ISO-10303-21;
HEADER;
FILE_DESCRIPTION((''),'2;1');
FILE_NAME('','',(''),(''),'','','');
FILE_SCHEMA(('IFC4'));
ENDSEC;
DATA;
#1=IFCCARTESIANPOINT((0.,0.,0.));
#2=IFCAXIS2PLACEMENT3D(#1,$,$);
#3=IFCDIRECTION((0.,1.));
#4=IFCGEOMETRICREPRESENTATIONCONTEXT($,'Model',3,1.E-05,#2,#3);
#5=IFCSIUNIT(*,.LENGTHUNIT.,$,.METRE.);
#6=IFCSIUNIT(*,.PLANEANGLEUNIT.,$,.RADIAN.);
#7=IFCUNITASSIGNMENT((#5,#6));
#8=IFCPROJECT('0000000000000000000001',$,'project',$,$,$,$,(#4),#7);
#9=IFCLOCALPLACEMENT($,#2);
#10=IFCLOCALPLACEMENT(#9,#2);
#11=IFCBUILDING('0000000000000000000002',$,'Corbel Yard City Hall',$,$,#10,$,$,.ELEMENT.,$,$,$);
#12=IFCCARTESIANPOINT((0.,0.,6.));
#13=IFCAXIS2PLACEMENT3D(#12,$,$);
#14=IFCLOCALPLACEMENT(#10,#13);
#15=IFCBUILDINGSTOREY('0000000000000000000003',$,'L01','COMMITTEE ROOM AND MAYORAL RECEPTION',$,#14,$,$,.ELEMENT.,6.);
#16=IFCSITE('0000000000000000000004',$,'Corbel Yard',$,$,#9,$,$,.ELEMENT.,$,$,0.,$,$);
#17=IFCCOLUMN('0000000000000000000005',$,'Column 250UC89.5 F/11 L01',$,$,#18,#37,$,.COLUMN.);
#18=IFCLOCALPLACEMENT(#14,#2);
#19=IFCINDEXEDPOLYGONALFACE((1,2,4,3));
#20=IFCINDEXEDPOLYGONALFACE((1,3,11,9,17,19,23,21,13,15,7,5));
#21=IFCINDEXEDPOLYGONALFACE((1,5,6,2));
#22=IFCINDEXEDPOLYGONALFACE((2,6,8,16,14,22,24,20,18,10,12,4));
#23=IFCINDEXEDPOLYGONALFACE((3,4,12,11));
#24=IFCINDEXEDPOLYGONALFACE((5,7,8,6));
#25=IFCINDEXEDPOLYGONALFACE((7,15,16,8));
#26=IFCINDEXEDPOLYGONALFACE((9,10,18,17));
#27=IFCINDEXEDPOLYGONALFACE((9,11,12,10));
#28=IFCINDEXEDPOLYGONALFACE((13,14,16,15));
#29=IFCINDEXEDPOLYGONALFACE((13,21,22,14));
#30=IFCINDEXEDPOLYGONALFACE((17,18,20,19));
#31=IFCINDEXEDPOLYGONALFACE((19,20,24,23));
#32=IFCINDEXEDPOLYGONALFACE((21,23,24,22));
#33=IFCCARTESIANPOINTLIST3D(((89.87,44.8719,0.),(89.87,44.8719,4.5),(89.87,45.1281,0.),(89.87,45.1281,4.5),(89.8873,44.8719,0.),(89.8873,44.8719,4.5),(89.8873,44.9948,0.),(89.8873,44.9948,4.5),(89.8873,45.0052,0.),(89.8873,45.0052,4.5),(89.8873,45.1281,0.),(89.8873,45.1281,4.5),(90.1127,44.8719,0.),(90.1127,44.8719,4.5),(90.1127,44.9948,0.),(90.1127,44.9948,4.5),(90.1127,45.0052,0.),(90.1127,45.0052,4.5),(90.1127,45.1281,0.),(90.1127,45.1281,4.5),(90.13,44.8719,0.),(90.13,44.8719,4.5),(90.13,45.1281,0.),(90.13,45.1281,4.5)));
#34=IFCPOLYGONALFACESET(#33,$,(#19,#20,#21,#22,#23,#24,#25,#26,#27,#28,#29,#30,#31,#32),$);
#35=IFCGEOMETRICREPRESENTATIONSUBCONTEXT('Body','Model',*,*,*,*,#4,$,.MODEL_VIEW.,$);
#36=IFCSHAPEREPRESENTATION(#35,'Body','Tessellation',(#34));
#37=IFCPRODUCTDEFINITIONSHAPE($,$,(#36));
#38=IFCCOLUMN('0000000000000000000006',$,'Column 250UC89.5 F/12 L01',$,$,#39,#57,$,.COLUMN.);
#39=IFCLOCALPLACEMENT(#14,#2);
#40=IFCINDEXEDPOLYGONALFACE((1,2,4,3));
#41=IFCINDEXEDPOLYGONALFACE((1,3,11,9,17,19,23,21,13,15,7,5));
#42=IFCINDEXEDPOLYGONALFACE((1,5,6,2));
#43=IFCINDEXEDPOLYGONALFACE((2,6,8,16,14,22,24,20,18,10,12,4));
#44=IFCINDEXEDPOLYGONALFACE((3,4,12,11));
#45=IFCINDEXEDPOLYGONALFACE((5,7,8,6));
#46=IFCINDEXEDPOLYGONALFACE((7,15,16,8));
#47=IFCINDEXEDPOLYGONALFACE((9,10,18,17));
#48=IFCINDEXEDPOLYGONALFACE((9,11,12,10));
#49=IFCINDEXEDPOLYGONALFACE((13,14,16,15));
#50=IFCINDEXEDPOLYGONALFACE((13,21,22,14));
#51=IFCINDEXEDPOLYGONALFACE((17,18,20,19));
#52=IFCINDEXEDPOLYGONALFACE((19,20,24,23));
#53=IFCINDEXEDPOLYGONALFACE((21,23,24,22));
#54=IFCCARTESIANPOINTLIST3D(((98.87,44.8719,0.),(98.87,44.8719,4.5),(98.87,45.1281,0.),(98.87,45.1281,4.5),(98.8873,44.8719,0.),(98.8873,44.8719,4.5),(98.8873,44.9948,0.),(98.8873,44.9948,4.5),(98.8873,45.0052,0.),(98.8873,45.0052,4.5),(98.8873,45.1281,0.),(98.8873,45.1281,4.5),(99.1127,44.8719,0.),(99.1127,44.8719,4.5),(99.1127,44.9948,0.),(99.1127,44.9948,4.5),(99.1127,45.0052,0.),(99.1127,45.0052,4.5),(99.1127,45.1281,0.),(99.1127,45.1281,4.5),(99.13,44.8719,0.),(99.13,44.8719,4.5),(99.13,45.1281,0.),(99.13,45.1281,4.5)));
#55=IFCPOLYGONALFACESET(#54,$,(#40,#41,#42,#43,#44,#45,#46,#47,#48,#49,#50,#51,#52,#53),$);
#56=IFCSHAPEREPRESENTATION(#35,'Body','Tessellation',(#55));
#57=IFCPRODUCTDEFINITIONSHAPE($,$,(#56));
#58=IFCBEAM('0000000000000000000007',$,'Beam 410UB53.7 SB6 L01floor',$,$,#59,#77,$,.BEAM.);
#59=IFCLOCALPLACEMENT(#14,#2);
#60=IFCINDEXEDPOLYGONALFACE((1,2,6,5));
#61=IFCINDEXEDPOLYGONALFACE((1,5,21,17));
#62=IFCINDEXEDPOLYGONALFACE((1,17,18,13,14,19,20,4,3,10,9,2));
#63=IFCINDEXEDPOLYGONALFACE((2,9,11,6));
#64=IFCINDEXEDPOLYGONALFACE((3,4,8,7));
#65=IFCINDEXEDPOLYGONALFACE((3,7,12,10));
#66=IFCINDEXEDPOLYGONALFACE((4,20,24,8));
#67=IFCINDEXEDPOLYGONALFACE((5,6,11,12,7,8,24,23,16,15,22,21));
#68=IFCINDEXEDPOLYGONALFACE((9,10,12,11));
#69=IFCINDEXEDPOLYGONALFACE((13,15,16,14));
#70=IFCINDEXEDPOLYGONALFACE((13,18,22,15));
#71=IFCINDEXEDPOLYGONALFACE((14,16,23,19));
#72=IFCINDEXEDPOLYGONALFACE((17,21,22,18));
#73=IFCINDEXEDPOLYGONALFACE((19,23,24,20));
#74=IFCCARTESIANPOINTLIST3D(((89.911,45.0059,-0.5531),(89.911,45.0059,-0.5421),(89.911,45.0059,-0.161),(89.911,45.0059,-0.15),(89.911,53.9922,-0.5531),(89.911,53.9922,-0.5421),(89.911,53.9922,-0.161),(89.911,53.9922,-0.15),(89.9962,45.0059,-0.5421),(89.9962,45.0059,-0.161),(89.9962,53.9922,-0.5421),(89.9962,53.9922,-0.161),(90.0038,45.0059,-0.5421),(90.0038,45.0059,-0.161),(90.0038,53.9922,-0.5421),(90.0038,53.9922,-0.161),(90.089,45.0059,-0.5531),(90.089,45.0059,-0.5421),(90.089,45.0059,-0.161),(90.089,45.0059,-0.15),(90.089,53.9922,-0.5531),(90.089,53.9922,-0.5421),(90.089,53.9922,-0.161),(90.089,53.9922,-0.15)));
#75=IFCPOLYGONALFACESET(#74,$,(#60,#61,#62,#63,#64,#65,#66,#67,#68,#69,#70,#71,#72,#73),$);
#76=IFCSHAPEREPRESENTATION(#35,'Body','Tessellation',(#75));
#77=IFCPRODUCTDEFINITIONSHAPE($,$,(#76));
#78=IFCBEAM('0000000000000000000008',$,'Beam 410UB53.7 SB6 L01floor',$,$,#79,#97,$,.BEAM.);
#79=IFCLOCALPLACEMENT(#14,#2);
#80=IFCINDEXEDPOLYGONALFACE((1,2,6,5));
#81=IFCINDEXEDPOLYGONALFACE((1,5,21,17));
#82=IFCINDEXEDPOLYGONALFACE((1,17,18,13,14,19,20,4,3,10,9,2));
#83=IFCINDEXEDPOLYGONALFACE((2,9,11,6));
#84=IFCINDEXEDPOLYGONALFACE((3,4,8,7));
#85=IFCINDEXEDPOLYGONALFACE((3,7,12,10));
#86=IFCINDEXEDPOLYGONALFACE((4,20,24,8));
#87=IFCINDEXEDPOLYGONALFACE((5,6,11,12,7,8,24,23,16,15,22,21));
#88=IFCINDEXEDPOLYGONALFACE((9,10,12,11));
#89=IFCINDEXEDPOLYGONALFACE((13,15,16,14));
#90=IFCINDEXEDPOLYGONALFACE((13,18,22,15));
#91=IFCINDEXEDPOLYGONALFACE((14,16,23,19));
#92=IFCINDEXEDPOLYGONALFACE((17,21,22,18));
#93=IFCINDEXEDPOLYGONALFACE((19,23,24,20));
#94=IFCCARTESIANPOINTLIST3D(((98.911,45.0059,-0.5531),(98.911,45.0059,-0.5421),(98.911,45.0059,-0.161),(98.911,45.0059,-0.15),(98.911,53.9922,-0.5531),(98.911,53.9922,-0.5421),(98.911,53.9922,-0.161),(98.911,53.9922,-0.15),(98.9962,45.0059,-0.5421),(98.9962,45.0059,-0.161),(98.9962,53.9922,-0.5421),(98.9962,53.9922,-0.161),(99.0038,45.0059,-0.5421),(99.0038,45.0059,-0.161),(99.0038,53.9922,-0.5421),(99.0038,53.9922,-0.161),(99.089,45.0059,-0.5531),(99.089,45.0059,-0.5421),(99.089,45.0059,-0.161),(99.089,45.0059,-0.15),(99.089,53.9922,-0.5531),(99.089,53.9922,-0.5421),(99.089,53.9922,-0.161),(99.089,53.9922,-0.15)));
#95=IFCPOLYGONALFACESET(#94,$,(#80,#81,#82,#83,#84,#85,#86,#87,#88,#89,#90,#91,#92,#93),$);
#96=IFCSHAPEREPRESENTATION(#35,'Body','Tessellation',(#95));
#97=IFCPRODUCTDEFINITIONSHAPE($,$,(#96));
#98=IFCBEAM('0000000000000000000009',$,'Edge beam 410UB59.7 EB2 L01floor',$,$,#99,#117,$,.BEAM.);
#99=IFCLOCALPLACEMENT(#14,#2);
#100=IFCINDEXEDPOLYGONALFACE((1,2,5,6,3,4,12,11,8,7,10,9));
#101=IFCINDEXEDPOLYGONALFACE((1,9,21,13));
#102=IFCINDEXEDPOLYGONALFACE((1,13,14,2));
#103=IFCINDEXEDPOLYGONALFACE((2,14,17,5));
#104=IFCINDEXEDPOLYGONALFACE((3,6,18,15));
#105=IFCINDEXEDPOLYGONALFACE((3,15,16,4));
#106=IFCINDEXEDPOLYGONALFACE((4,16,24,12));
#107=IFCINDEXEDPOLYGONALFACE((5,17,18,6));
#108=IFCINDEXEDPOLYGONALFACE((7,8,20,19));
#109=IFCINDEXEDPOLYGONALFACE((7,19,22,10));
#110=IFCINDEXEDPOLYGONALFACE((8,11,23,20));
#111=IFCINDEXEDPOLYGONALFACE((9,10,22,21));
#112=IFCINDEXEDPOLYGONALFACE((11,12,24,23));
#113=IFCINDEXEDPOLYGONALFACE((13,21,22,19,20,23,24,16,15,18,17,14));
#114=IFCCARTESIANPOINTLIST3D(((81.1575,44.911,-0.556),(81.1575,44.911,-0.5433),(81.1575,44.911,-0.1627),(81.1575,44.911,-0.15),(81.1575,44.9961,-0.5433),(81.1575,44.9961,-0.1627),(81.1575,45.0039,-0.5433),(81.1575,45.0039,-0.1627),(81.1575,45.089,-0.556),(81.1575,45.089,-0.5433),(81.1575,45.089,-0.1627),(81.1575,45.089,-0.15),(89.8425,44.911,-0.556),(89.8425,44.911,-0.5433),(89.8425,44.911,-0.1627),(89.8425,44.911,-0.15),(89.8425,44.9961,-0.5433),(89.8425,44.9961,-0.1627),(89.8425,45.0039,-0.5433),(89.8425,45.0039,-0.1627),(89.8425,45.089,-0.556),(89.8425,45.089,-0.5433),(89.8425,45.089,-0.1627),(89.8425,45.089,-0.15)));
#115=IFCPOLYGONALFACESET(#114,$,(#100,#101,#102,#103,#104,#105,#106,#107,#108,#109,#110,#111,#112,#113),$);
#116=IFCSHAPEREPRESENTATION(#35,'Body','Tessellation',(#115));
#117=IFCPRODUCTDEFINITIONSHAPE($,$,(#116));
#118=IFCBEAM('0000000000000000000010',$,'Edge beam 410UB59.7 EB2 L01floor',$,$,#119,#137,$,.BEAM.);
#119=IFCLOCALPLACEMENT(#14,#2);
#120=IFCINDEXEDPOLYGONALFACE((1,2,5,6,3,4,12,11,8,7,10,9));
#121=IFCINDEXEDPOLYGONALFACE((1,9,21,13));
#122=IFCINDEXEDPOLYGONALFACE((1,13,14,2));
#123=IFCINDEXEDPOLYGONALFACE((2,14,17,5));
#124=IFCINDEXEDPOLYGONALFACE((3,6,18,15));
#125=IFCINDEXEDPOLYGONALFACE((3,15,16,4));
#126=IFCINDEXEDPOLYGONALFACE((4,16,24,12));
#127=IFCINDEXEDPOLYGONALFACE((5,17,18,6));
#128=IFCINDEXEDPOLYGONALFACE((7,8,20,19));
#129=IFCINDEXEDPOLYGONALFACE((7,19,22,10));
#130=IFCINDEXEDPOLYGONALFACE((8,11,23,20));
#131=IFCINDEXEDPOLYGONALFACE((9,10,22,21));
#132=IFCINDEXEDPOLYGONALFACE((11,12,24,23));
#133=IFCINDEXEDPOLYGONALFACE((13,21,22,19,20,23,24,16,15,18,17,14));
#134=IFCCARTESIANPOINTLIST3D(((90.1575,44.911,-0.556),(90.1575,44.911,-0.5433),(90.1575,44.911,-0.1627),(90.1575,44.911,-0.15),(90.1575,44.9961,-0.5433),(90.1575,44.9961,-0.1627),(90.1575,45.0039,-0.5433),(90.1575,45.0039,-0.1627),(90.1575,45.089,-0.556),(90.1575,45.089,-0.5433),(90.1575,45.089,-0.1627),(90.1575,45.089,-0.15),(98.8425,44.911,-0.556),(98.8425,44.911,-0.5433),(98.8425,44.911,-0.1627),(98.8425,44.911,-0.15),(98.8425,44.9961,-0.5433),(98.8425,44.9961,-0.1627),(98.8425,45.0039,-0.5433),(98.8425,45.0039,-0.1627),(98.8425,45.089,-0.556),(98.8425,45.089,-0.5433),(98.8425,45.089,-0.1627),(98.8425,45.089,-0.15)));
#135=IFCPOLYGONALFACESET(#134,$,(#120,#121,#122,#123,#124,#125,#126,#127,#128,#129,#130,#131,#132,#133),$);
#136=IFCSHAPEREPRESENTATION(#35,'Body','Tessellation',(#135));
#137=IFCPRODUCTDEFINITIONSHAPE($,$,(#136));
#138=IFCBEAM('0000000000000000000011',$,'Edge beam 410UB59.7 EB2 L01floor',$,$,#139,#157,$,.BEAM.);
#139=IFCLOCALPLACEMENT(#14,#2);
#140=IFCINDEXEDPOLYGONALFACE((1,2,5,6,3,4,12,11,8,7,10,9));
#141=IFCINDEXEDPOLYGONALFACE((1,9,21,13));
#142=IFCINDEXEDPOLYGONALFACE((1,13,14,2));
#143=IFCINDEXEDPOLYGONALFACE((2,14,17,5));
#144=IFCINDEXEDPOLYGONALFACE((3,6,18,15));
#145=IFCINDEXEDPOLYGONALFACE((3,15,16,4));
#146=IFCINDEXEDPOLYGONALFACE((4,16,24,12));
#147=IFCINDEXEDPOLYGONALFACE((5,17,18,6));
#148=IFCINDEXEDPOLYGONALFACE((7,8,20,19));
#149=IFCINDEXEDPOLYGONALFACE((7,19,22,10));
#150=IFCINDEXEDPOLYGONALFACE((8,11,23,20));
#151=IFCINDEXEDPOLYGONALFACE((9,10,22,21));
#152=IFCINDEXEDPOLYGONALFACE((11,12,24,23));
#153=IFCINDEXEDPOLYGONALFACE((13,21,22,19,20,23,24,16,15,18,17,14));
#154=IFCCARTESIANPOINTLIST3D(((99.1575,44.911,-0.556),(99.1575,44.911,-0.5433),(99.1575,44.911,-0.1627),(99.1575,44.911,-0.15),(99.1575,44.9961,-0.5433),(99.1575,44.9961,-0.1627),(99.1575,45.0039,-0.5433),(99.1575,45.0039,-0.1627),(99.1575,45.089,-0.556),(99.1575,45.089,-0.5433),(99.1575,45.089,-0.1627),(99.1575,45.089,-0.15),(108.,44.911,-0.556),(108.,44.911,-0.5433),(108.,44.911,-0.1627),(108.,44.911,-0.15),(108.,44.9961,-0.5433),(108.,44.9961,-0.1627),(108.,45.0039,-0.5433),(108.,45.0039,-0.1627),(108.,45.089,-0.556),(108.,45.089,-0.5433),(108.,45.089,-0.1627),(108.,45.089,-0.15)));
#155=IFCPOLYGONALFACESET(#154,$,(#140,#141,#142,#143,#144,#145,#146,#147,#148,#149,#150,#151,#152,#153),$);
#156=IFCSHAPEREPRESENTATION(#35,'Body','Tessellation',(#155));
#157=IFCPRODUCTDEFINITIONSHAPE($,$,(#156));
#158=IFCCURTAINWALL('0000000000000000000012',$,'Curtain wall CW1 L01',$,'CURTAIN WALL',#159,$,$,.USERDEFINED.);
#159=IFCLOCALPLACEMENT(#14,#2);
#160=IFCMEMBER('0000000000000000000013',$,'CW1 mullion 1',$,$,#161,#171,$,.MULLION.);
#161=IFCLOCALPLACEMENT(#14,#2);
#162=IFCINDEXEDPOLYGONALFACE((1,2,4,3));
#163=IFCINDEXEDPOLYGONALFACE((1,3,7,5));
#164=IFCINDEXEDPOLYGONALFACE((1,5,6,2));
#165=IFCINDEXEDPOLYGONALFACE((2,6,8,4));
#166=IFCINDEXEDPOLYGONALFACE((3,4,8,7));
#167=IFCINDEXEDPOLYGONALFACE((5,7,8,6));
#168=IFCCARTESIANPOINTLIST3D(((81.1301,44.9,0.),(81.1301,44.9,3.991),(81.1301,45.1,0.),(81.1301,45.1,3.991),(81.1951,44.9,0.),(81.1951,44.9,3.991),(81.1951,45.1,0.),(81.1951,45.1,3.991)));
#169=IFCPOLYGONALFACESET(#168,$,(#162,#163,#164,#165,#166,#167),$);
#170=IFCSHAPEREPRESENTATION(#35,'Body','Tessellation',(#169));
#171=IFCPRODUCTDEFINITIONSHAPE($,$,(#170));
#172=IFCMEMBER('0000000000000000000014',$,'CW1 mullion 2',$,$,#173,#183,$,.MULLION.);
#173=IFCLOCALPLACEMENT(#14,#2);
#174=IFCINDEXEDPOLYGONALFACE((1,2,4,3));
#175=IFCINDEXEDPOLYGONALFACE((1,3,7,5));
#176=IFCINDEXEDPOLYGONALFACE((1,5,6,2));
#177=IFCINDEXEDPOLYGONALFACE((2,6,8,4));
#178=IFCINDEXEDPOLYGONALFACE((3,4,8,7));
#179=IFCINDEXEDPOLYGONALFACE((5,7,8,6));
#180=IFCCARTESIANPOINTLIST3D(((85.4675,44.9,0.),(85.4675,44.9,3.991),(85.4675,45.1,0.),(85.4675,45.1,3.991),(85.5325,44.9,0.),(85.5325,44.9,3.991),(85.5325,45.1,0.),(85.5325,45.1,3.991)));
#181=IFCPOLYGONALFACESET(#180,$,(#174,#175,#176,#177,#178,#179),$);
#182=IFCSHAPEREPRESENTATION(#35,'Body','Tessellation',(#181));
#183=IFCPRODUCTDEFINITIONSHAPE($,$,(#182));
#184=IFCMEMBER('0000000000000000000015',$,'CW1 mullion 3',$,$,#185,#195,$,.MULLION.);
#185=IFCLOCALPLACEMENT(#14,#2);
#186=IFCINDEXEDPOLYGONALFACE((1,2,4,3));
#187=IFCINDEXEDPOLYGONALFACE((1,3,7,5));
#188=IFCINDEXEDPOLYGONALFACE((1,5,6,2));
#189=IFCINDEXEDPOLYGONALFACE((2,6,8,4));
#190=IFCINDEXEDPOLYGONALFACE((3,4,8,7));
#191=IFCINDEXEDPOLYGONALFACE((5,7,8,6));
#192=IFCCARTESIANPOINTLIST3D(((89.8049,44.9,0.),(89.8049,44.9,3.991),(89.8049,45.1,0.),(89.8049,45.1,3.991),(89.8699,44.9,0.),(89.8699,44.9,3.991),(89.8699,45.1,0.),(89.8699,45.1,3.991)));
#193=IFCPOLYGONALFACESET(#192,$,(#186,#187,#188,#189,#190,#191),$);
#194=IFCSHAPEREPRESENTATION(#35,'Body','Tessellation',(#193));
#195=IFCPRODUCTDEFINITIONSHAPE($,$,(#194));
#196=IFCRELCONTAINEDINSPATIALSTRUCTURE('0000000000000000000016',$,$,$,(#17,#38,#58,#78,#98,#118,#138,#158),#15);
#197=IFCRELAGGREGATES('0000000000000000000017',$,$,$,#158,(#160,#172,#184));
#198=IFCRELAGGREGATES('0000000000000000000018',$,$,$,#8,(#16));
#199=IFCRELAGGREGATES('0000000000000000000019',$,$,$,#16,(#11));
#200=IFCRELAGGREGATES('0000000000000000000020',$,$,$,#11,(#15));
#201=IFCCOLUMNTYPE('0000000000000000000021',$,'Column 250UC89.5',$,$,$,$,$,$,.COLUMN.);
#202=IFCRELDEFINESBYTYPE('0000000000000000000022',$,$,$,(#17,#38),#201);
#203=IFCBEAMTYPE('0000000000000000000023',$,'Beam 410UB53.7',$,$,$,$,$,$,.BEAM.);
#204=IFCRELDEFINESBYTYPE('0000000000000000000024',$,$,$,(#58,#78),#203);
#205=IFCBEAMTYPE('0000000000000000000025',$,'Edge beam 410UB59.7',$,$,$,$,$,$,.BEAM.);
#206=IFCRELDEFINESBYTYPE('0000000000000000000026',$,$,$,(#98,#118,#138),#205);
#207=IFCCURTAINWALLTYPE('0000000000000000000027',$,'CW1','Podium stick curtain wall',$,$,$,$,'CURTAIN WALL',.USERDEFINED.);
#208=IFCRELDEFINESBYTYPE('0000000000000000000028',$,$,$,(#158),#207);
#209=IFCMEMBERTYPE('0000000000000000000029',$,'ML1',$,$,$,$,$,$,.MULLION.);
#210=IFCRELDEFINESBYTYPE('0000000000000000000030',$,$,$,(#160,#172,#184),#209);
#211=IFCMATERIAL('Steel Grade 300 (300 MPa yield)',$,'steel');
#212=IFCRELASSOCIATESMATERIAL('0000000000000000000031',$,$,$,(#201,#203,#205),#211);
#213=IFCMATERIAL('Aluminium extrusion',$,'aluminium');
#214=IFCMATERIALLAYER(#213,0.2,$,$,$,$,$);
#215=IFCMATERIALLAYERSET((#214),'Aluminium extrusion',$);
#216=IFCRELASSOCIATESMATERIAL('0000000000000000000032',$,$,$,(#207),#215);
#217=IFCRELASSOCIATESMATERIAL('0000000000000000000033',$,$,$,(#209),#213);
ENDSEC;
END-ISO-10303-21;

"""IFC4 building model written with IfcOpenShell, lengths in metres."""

from ifc_helpers import new_model, si_unit, direction, frame, origin, origin_2d, place, context, subcontext, project, spatial, rectangle, i_section, extrude, material, layer, layer_set, material_profile, profile_set, type_object, element, aggregate, save


model = new_model("IFC4")

# Units and contexts
model_context = context("Model", 3, precision=1e-05, world=origin(), true_north=direction((0.0, 1.0)))
body_context = subcontext(model_context, "Body", "Model", "MODEL_VIEW")
ifc_project = project(units=[si_unit("LENGTHUNIT", "METRE"), si_unit("PLANEANGLEUNIT", "RADIAN")], contexts=[model_context])

# Site, building, storey
site_placement = place(None, origin())
site = spatial("IfcSite", under=ifc_project, at=site_placement, Name="Corbel Yard", CompositionType="ELEMENT", RefElevation=0.0)
building_placement = place(site_placement, origin())
building = spatial("IfcBuilding", under=site, at=building_placement, Name="Corbel Yard City Hall", CompositionType="ELEMENT")
storey_placement = place(building_placement, frame((0.0, 0.0, 6.0)))
storey = spatial("IfcBuildingStorey", under=building, at=storey_placement, Name="L01", Description="COMMITTEE ROOM AND MAYORAL RECEPTION", CompositionType="ELEMENT", Elevation=6.0)

# Columns
ifc_material_1 = material(Name="Steel Grade 300 (300 MPa yield)", Category="steel")
ifc_material_profile_1 = material_profile(ifc_material_1, i_section(OverallWidth=0.2561, OverallDepth=0.26, WebThickness=0.0105, FlangeThickness=0.0173, at=origin_2d()), Name="250UC89.5")
ifc_profile_set_1 = profile_set([ifc_material_profile_1], Name="Steel Grade 300 (300 MPa yield)")
column_type = type_object("IfcColumnType", Name="Column 250UC89.5", PredefinedType="COLUMN", material=ifc_profile_set_1)
for number, where, z_axis, x_axis, name in (
    (1, (90.0, 45.0, 0.0), (0.0, 0.0, 1.0), (0.0, 1.0, 0.0), "Column 250UC89.5 F/11 L01"),
    (2, (99.0, 45.0, 0.0), (0.0, 0.0, 1.0), (0.0, 1.0, 0.0), "Column 250UC89.5 F/12 L01"),
):
    element("IfcColumn", number, at=place(storey_placement, frame(where, z_axis=z_axis, x_axis=x_axis)), inside=storey, type_object=column_type, Name=name, PredefinedType="COLUMN", context=body_context, shape_type="SweptSolid", body=[
        extrude(i_section(OverallWidth=0.2561, OverallDepth=0.26, WebThickness=0.0105, FlangeThickness=0.0173, at=origin_2d()), origin(), (0.0, 0.0, 1.0), 4.5),
    ])

# Beams
ifc_material_profile_2 = material_profile(ifc_material_1, i_section(OverallWidth=0.178, OverallDepth=0.4031, WebThickness=0.0076, FlangeThickness=0.011, at=origin_2d()), Name="410UB53.7")
ifc_profile_set_2 = profile_set([ifc_material_profile_2], Name="Steel Grade 300 (300 MPa yield)")
beam_type_1 = type_object("IfcBeamType", Name="Beam 410UB53.7", PredefinedType="BEAM", material=ifc_profile_set_2)
for number, where, z_axis, x_axis, name in (
    (3, (90.0, 45.0059, -0.3516), (0.0, 1.0, 0.0), (-1.0, 0.0, 0.0), "Beam 410UB53.7 SB6 L01floor"),
    (4, (99.0, 45.0059, -0.3516), (0.0, 1.0, 0.0), (-1.0, 0.0, 0.0), "Beam 410UB53.7 SB6 L01floor"),
):
    element("IfcBeam", number, at=place(storey_placement, frame(where, z_axis=z_axis, x_axis=x_axis)), inside=storey, type_object=beam_type_1, Name=name, PredefinedType="BEAM", context=body_context, shape_type="SweptSolid", body=[
        extrude(i_section(OverallWidth=0.178, OverallDepth=0.4031, WebThickness=0.0076, FlangeThickness=0.011, at=origin_2d()), origin(), (0.0, 0.0, 1.0), 8.9863),
    ])
ifc_material_profile_3 = material_profile(ifc_material_1, i_section(OverallWidth=0.178, OverallDepth=0.406, WebThickness=0.0078, FlangeThickness=0.0127, at=origin_2d()), Name="410UB59.7")
ifc_profile_set_3 = profile_set([ifc_material_profile_3], Name="Steel Grade 300 (300 MPa yield)")
beam_type_2 = type_object("IfcBeamType", Name="Edge beam 410UB59.7", PredefinedType="BEAM", material=ifc_profile_set_3)
for number, where, z_axis, x_axis, name in (
    (5, (81.1575, 45.0, -0.353), (1.0, 0.0, 0.0), (0.0, 1.0, 0.0), "Edge beam 410UB59.7 EB2 L01floor"),
    (6, (90.1575, 45.0, -0.353), (1.0, 0.0, 0.0), (0.0, 1.0, 0.0), "Edge beam 410UB59.7 EB2 L01floor"),
):
    element("IfcBeam", number, at=place(storey_placement, frame(where, z_axis=z_axis, x_axis=x_axis)), inside=storey, type_object=beam_type_2, Name=name, PredefinedType="BEAM", context=body_context, shape_type="SweptSolid", body=[
        extrude(i_section(OverallWidth=0.178, OverallDepth=0.406, WebThickness=0.0078, FlangeThickness=0.0127, at=origin_2d()), origin(), (0.0, 0.0, 1.0), 8.6851),
    ])
beam_placement = place(storey_placement, frame((99.1575, 45.0, -0.353), z_axis=(1.0, 0.0, 0.0), x_axis=(0.0, 1.0, 0.0)))
element("IfcBeam", 7, at=beam_placement, inside=storey, type_object=beam_type_2, Name="Edge beam 410UB59.7 EB2 L01floor", PredefinedType="BEAM", context=body_context, shape_type="SweptSolid", body=[
    extrude(i_section(OverallWidth=0.178, OverallDepth=0.406, WebThickness=0.0078, FlangeThickness=0.0127, at=origin_2d()), origin(), (0.0, 0.0, 1.0), 8.8425),
])

# Curtain wall, members
ifc_material_2 = material(Name="Aluminium extrusion", Category="aluminium")
ifc_layer_1 = layer(ifc_material_2, 0.2)
ifc_layer_set_1 = layer_set([ifc_layer_1], Name="Aluminium extrusion")
curtain_wall_type = type_object("IfcCurtainWallType", Name="CW1", Description="Podium stick curtain wall", ElementType="CURTAIN WALL", PredefinedType="USERDEFINED", material=ifc_layer_set_1)
curtain_wall_1_placement = place(storey_placement, origin())
curtain_wall_1 = element("IfcCurtainWall", 8, at=curtain_wall_1_placement, inside=storey, type_object=curtain_wall_type, Name="Curtain wall CW1 L01", ObjectType="CURTAIN WALL", PredefinedType="USERDEFINED")
ifc_material_profile_4 = material_profile(ifc_material_2, rectangle(XDim=0.2, YDim=0.0649, at=origin_2d()), Name="200x65")
ifc_profile_set_4 = profile_set([ifc_material_profile_4], Name="Aluminium extrusion")
member_type_1 = type_object("IfcMemberType", Name="ML1", PredefinedType="MULLION", material=ifc_profile_set_4)
member_1_placement = place(storey_placement, frame((81.1626, 45.0, 0.0), z_axis=(0.0, 0.0, 1.0), x_axis=(0.0, 1.0, 0.0)))
member_1 = element("IfcMember", 9, at=member_1_placement, type_object=member_type_1, Name="CW1 mullion 1", PredefinedType="MULLION", context=body_context, shape_type="SweptSolid", body=[
    extrude(rectangle(XDim=0.2, YDim=0.0649, at=origin_2d()), origin(), (0.0, 0.0, 1.0), 3.991),
])
member_2_placement = place(storey_placement, frame((85.5, 45.0, 0.0), z_axis=(0.0, 0.0, 1.0), x_axis=(0.0, 1.0, 0.0)))
member_2 = element("IfcMember", 10, at=member_2_placement, type_object=member_type_1, Name="CW1 mullion 2", PredefinedType="MULLION", context=body_context, shape_type="SweptSolid", body=[
    extrude(rectangle(XDim=0.2, YDim=0.0649, at=origin_2d()), origin(), (0.0, 0.0, 1.0), 3.991),
])
member_3_placement = place(storey_placement, frame((89.8374, 45.0, 0.0), z_axis=(0.0, 0.0, 1.0), x_axis=(0.0, 1.0, 0.0)))
member_3 = element("IfcMember", 11, at=member_3_placement, type_object=member_type_1, Name="CW1 mullion 3", PredefinedType="MULLION", context=body_context, shape_type="SweptSolid", body=[
    extrude(rectangle(XDim=0.2, YDim=0.0649, at=origin_2d()), origin(), (0.0, 0.0, 1.0), 3.991),
])

aggregate(curtain_wall_1, [member_1, member_2, member_3])

save(model, "model.ifc")
